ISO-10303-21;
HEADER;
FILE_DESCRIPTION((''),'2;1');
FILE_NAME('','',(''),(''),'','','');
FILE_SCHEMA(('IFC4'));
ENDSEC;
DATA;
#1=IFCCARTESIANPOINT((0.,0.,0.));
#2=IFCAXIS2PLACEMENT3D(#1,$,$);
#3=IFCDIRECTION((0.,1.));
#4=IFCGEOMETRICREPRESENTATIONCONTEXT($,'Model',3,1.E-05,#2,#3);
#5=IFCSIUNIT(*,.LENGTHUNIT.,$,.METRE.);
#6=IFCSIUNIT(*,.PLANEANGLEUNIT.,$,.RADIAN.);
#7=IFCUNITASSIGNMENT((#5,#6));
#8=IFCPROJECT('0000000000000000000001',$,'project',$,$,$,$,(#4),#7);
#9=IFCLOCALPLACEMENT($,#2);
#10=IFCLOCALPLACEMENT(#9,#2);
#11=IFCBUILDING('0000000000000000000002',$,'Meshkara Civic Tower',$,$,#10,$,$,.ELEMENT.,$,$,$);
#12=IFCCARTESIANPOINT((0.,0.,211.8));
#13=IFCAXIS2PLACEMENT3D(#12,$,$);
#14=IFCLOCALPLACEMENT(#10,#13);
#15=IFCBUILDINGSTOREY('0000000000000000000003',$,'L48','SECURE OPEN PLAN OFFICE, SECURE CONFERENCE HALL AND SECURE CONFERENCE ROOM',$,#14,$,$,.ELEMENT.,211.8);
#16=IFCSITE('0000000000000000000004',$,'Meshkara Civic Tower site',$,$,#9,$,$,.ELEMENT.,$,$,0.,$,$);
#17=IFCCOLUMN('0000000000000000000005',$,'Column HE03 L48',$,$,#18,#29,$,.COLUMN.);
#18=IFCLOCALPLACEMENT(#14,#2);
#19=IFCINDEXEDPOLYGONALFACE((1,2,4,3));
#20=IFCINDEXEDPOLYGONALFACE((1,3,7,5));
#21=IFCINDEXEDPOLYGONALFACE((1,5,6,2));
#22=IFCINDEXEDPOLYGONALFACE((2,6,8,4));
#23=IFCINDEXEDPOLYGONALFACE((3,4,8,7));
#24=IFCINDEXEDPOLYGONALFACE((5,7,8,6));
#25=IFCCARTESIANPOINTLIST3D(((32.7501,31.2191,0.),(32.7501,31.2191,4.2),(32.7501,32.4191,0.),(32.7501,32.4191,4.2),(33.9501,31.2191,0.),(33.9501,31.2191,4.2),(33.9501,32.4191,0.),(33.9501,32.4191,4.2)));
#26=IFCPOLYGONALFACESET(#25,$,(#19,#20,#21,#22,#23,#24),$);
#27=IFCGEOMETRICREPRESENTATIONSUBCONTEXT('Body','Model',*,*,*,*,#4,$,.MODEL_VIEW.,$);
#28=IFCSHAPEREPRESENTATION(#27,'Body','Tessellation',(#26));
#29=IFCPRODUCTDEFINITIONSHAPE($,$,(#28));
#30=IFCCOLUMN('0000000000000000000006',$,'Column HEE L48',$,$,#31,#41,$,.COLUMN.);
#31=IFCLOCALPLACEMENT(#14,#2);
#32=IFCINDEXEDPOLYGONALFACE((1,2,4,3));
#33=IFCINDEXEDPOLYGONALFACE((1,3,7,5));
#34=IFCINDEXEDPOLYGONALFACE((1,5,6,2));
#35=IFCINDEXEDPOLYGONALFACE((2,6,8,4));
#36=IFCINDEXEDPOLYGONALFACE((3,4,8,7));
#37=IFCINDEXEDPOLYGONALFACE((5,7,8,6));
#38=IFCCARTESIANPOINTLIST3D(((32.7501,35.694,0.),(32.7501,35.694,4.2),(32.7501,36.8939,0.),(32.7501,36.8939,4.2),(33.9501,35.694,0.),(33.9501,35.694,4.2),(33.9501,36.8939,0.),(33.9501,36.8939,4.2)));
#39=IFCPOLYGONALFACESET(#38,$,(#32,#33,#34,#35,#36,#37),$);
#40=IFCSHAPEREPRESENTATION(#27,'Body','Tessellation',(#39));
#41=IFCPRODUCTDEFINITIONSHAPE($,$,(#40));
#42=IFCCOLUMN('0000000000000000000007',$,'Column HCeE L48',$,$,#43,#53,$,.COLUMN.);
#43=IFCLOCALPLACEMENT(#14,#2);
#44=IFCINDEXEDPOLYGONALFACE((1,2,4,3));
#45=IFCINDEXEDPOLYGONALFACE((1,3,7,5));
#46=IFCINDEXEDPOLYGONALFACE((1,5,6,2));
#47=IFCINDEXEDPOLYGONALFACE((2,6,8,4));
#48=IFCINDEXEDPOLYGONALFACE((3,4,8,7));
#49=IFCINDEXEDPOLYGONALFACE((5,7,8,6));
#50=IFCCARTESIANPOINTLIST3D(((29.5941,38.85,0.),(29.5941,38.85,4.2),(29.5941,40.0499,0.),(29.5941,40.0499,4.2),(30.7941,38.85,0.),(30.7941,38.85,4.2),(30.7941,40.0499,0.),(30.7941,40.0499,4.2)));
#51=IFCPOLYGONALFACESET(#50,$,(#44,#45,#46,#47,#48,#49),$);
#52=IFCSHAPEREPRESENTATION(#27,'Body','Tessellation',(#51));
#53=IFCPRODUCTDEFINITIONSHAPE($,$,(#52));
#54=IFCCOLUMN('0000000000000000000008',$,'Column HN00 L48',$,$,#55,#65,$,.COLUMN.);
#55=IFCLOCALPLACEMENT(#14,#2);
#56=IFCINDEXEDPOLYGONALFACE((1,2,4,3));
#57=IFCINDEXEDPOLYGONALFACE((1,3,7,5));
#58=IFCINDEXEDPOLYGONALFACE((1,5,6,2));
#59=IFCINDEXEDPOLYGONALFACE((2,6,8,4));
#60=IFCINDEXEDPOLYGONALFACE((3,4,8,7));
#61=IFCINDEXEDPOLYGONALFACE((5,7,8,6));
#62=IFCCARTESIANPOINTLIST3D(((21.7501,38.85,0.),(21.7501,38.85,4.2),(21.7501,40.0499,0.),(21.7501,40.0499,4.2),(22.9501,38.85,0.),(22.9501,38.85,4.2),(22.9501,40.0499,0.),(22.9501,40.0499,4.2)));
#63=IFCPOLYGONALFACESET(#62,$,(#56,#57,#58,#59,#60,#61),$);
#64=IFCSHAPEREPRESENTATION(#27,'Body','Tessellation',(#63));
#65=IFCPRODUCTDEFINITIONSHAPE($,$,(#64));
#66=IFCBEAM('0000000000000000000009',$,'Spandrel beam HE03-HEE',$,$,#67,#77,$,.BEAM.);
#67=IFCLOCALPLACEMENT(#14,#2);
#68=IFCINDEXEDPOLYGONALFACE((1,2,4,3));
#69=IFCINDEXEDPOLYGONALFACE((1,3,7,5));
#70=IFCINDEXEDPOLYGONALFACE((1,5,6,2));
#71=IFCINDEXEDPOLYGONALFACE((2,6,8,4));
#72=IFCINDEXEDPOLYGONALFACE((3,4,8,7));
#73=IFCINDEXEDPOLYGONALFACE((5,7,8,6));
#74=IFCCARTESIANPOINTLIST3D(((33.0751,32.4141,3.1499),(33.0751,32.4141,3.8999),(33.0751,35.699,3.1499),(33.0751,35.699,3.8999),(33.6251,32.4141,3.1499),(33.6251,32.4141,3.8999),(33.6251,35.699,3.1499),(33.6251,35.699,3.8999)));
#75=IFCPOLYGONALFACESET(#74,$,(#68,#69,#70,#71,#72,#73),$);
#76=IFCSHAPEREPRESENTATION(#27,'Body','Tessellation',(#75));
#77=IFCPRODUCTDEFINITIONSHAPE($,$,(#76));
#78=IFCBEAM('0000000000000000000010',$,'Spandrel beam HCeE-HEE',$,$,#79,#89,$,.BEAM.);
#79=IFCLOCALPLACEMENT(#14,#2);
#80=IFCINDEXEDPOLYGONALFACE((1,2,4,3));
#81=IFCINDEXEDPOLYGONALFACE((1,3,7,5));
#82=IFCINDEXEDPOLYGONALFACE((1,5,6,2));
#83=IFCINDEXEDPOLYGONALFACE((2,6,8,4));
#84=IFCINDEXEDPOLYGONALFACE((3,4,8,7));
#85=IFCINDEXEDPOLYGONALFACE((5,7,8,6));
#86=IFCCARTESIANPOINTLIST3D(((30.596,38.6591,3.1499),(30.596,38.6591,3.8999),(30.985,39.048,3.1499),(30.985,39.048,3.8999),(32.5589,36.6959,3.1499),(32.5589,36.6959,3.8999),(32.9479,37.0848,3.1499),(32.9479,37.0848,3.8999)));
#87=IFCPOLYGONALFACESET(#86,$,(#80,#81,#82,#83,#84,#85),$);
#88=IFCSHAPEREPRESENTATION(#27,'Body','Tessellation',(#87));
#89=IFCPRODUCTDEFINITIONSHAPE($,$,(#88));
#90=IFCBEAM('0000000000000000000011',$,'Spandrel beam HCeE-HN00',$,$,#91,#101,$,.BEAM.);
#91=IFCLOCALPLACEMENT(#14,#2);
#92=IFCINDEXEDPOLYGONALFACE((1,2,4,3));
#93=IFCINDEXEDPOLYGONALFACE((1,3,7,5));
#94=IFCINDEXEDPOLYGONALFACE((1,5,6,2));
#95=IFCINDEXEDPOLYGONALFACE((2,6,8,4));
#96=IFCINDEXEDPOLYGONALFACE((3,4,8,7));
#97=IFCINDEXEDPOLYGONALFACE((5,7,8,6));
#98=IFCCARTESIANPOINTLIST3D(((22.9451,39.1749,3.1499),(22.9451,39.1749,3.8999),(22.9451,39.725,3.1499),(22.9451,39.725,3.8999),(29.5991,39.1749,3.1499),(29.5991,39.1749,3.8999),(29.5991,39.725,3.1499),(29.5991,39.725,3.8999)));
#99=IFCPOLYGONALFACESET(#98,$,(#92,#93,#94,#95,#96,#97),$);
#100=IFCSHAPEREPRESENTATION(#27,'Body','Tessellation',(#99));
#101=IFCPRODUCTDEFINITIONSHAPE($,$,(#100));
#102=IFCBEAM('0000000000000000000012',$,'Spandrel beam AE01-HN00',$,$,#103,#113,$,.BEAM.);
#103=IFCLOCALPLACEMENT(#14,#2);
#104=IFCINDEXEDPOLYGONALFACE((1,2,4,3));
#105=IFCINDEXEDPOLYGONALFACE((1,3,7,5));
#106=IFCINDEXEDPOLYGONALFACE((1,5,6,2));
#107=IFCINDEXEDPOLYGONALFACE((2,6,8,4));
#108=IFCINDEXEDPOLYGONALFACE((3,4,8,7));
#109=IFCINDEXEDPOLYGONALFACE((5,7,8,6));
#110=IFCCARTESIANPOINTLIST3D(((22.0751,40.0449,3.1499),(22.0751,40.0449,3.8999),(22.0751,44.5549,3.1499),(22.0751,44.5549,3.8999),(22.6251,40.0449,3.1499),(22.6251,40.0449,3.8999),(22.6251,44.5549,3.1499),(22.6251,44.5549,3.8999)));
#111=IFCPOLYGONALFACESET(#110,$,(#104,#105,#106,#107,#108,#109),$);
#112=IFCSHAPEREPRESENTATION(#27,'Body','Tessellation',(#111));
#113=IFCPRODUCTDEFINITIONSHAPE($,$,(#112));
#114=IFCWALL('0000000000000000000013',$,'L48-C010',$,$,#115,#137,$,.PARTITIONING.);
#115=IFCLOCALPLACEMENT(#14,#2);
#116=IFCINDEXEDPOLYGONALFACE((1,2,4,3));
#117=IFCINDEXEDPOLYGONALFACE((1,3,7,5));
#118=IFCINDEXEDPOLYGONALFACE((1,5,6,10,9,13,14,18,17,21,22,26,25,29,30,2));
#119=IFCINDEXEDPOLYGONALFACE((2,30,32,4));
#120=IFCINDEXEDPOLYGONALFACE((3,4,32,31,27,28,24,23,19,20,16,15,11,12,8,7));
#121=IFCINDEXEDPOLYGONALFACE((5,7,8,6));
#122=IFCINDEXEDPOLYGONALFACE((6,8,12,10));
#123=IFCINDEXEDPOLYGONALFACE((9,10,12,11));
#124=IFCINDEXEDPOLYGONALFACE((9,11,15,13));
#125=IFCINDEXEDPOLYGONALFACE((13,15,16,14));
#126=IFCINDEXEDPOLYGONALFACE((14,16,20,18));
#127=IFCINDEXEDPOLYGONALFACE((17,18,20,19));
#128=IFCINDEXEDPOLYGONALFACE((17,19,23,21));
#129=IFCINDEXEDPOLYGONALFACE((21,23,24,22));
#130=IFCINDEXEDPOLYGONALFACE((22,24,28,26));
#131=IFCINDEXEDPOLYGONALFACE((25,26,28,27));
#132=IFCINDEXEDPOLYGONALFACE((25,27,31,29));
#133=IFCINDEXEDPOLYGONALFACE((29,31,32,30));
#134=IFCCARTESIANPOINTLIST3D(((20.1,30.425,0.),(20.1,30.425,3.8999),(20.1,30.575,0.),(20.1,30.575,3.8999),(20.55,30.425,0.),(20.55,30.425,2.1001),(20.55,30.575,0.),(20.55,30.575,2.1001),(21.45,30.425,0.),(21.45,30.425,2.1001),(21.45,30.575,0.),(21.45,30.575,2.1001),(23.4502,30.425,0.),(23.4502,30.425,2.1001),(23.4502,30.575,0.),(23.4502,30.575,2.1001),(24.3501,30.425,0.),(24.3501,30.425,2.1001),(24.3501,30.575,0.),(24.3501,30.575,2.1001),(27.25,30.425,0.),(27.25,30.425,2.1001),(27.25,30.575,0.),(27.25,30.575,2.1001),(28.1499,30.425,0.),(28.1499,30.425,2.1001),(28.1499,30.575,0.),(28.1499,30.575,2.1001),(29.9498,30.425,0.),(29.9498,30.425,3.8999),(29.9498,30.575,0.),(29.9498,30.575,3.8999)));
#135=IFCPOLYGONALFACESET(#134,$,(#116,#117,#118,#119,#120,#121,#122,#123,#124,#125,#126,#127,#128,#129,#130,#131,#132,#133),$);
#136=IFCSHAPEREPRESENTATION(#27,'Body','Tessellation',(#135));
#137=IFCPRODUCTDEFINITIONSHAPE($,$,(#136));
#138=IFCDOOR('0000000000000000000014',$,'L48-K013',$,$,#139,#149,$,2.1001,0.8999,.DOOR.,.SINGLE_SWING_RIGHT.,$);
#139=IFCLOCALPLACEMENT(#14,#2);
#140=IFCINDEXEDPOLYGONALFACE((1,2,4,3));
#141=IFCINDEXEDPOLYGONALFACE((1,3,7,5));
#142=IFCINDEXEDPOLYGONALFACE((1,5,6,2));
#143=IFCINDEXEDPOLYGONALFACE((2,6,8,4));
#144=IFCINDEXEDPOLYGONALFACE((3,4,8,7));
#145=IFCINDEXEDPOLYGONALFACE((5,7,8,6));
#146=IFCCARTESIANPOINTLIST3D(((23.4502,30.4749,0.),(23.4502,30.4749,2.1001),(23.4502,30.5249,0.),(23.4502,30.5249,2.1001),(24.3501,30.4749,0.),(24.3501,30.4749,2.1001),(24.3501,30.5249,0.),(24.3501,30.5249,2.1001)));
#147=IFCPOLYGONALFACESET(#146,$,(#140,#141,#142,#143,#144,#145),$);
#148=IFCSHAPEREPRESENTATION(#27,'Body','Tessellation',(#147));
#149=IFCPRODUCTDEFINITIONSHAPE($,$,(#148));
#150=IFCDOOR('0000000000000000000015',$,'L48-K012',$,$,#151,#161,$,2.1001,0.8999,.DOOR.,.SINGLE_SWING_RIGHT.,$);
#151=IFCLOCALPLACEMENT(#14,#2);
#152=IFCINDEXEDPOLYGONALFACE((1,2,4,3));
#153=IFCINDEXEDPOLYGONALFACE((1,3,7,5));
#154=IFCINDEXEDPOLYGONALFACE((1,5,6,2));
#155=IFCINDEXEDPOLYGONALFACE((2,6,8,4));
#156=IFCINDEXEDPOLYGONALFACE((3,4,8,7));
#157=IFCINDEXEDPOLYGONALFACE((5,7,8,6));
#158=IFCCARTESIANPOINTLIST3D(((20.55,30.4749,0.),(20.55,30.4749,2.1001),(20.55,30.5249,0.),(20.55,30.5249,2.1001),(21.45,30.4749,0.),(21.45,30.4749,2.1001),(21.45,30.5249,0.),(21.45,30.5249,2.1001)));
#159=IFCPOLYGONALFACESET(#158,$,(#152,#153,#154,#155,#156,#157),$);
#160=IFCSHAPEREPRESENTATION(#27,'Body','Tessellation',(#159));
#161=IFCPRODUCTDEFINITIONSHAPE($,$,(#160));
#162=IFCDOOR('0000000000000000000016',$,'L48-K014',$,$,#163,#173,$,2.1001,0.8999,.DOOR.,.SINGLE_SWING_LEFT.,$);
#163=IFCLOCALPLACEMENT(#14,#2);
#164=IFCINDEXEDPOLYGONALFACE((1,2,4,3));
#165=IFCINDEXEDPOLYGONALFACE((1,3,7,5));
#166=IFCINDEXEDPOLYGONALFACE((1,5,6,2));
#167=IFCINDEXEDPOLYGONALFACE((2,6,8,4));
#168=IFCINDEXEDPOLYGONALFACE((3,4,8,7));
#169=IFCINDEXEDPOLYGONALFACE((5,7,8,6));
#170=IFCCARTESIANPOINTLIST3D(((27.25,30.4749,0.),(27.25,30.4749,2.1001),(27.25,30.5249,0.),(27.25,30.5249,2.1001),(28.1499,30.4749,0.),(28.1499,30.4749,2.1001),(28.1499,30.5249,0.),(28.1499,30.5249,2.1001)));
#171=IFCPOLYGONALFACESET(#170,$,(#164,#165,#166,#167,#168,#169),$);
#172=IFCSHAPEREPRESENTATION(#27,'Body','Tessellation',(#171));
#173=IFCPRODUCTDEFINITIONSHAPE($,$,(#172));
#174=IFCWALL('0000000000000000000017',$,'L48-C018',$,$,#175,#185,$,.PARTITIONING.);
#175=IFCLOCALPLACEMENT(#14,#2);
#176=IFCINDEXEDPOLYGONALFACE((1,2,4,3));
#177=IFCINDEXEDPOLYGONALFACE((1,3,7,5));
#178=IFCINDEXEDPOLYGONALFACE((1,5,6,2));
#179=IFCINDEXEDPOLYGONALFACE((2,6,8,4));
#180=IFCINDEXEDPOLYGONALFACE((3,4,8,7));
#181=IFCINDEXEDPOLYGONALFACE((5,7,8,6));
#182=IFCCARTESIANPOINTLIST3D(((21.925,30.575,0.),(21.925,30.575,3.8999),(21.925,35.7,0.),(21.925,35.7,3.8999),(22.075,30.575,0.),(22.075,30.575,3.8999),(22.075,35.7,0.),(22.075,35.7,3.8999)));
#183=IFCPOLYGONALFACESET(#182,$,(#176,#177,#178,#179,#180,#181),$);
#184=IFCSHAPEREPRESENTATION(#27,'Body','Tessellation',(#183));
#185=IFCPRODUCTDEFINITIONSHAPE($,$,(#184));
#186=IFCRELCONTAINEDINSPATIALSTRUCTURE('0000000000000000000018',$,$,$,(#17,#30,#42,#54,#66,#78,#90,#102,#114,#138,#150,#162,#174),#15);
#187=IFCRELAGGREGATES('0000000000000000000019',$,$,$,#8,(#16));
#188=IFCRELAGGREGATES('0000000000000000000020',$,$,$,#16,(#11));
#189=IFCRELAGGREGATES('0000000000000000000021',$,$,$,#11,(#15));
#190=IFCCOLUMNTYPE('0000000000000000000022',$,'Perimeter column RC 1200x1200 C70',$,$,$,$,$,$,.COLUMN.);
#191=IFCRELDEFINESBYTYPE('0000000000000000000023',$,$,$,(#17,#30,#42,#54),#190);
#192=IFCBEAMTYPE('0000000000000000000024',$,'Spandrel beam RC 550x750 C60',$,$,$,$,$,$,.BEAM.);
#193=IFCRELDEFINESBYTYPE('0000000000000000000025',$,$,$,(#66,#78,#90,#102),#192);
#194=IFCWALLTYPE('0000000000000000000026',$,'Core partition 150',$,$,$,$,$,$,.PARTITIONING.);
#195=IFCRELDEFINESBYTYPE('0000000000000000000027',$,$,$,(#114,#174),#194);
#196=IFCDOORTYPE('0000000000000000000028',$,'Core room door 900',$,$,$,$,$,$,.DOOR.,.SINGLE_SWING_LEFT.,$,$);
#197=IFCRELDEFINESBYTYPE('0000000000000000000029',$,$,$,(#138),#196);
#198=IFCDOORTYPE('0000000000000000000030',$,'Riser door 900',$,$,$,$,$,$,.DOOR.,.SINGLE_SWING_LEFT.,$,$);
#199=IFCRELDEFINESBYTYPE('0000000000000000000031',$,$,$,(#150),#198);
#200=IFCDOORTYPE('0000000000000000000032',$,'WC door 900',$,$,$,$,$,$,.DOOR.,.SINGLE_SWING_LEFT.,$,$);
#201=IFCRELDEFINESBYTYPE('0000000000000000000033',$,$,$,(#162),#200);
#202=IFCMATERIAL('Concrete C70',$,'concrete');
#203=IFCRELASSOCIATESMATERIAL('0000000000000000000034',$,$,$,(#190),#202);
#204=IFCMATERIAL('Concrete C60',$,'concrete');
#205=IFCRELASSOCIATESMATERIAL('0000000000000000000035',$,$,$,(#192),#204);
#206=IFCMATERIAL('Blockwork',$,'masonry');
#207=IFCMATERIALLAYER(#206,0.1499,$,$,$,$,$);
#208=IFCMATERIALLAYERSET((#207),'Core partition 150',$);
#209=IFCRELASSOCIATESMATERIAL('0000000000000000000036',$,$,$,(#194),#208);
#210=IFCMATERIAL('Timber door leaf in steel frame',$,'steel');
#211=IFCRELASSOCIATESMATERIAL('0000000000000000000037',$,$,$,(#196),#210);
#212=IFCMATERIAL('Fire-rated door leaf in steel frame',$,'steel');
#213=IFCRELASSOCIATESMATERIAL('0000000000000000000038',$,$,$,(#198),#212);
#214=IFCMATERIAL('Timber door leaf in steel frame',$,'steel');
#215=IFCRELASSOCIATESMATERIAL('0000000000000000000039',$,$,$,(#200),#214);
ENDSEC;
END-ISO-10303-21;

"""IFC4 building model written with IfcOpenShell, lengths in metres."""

from ifc_helpers import new_model, si_unit, direction, frame, frame_2d, origin, origin_2d, place, context, subcontext, project, spatial, rectangle, extrude, material, layer, layer_set, material_profile, profile_set, type_object, element, fill, save


model = new_model("IFC4")

# Units and contexts
model_context = context("Model", 3, precision=1e-05, world=origin(), true_north=direction((0.0, 1.0)))
body_context = subcontext(model_context, "Body", "Model", "MODEL_VIEW")
ifc_project = project(units=[si_unit("LENGTHUNIT", "METRE"), si_unit("PLANEANGLEUNIT", "RADIAN")], contexts=[model_context])

# Site, building, storey
site_placement = place(None, origin())
site = spatial("IfcSite", under=ifc_project, at=site_placement, Name="Meshkara Civic Tower site", CompositionType="ELEMENT", RefElevation=0.0)
building_placement = place(site_placement, origin())
building = spatial("IfcBuilding", under=site, at=building_placement, Name="Meshkara Civic Tower", CompositionType="ELEMENT")
storey_placement = place(building_placement, frame((0.0, 0.0, 211.8)))
storey = spatial("IfcBuildingStorey", under=building, at=storey_placement, Name="L48", Description="SECURE OPEN PLAN OFFICE, SECURE CONFERENCE HALL AND SECURE CONFERENCE ROOM", CompositionType="ELEMENT", Elevation=211.8)

# Columns
ifc_material_1 = material(Name="Concrete C70", Category="concrete")
ifc_material_profile_1 = material_profile(ifc_material_1, rectangle(XDim=1.2, YDim=1.2, at=origin_2d()))
ifc_profile_set_1 = profile_set([ifc_material_profile_1], Name="Concrete C70")
column_type = type_object("IfcColumnType", Name="Perimeter column RC 1200x1200 C70", PredefinedType="COLUMN", material=ifc_profile_set_1)
for number, where, z_axis, x_axis, name in (
    (1, (33.3501, 31.8191, 0.0), (0.0, 0.0, 1.0), (1.0, 0.0, 0.0), "Column HE03 L48"),
    (2, (33.3501, 36.2939, 0.0), (0.0, 0.0, 1.0), (1.0, 0.0, 0.0), "Column HEE L48"),
    (3, (30.1941, 39.45, 0.0), (0.0, 0.0, 1.0), (1.0, 0.0, 0.0), "Column HCeE L48"),
    (4, (22.3501, 39.45, 0.0), (0.0, 0.0, 1.0), (1.0, 0.0, 0.0), "Column HN00 L48"),
):
    element("IfcColumn", number, at=place(storey_placement, frame(where, z_axis=z_axis, x_axis=x_axis)), inside=storey, type_object=column_type, Name=name, PredefinedType="COLUMN", context=body_context, shape_type="SweptSolid", body=[
        extrude(rectangle(XDim=1.2, YDim=1.2, at=origin_2d()), origin(), (0.0, 0.0, 1.0), 4.2),
    ])

# Beams
ifc_material_2 = material(Name="Concrete C60", Category="concrete")
ifc_material_profile_2 = material_profile(ifc_material_2, rectangle(XDim=0.55, YDim=0.75, at=origin_2d()))
ifc_profile_set_2 = profile_set([ifc_material_profile_2], Name="Concrete C60")
beam_type = type_object("IfcBeamType", Name="Spandrel beam RC 550x750 C60", PredefinedType="BEAM", material=ifc_profile_set_2)
beam_1_placement = place(storey_placement, frame((33.3501, 32.4141, 3.5249), z_axis=(0.0, 1.0, 0.0), x_axis=(-1.0, 0.0, 0.0)))
element("IfcBeam", 5, at=beam_1_placement, inside=storey, type_object=beam_type, Name="Spandrel beam HE03-HEE", PredefinedType="BEAM", context=body_context, shape_type="SweptSolid", body=[
    extrude(rectangle(XDim=0.55, YDim=0.75, at=origin_2d()), origin(), (0.0, 0.0, 1.0), 3.2849),
])
beam_2_placement = place(storey_placement, frame((32.7534, 36.8904, 3.5249), z_axis=(-0.707063, 0.707151, 0.0), x_axis=(-0.707151, -0.707063, 0.0)))
element("IfcBeam", 6, at=beam_2_placement, inside=storey, type_object=beam_type, Name="Spandrel beam HCeE-HEE", PredefinedType="BEAM", context=body_context, shape_type="SweptSolid", body=[
    extrude(rectangle(XDim=0.55, YDim=0.75, at=origin_2d()), origin(), (0.0, 0.0, 1.0), 2.7761),
])
beam_3_placement = place(storey_placement, frame((29.5991, 39.45, 3.5249), z_axis=(-1.0, 0.0, 0.0), x_axis=(0.0, -1.0, 0.0)))
element("IfcBeam", 7, at=beam_3_placement, inside=storey, type_object=beam_type, Name="Spandrel beam HCeE-HN00", PredefinedType="BEAM", context=body_context, shape_type="SweptSolid", body=[
    extrude(rectangle(XDim=0.55, YDim=0.75, at=origin_2d()), origin(), (0.0, 0.0, 1.0), 6.6541),
])
beam_4_placement = place(storey_placement, frame((22.3501, 40.0449, 3.5249), z_axis=(0.0, 1.0, 0.0), x_axis=(-1.0, 0.0, 0.0)))
element("IfcBeam", 8, at=beam_4_placement, inside=storey, type_object=beam_type, Name="Spandrel beam AE01-HN00", PredefinedType="BEAM", context=body_context, shape_type="SweptSolid", body=[
    extrude(rectangle(XDim=0.55, YDim=0.75, at=origin_2d()), origin(), (0.0, 0.0, 1.0), 4.51),
])

# Wall, openings, doors
ifc_material_3 = material(Name="Blockwork", Category="masonry")
ifc_layer_1 = layer(ifc_material_3, 0.1499)
ifc_layer_set_1 = layer_set([ifc_layer_1], Name="Core partition 150")
wall_type_1 = type_object("IfcWallType", Name="Core partition 150", PredefinedType="PARTITIONING", material=ifc_layer_set_1)
wall_1_placement = place(storey_placement, frame((20.1001, 30.5, 0.0), z_axis=(0.0, 0.0, 1.0), x_axis=(1.0, 0.0, 0.0)))
wall_1 = element("IfcWall", 9, at=wall_1_placement, inside=storey, type_object=wall_type_1, Name="L48-C010", PredefinedType="PARTITIONING", context=body_context, shape_type="SweptSolid", body=[
    extrude(rectangle(XDim=9.8499, YDim=0.1499, at=frame_2d((4.9248, 0.0))), origin(), (0.0, 0.0, 1.0), 3.8999),
])
opening_1_placement = place(wall_1_placement, frame((0.45, 0.0, 0.0)))
opening_1 = element("IfcOpeningElement", 10, at=opening_1_placement, cuts=wall_1, PredefinedType="OPENING", context=body_context, shape_type="SweptSolid", body=[
    extrude(rectangle(XDim=0.8999, YDim=2.1001, at=frame_2d((0.45, 1.05))), frame((0.0, 0.085, 0.0), z_axis=(0.0, -1.0, 0.0), x_axis=(1.0, 0.0, 0.0)), (0.0, 0.0, 1.0), 0.1699),
])
opening_2_placement = place(wall_1_placement, frame((3.3501, 0.0, 0.0)))
opening_2 = element("IfcOpeningElement", 11, at=opening_2_placement, cuts=wall_1, PredefinedType="OPENING", context=body_context, shape_type="SweptSolid", body=[
    extrude(rectangle(XDim=0.8999, YDim=2.1001, at=frame_2d((0.45, 1.05))), frame((0.0, 0.085, 0.0), z_axis=(0.0, -1.0, 0.0), x_axis=(1.0, 0.0, 0.0)), (0.0, 0.0, 1.0), 0.1699),
])
opening_3_placement = place(wall_1_placement, frame((7.1499, 0.0, 0.0)))
opening_3 = element("IfcOpeningElement", 12, at=opening_3_placement, cuts=wall_1, PredefinedType="OPENING", context=body_context, shape_type="SweptSolid", body=[
    extrude(rectangle(XDim=0.8999, YDim=2.1001, at=frame_2d((0.45, 1.05))), frame((0.0, 0.085, 0.0), z_axis=(0.0, -1.0, 0.0), x_axis=(1.0, 0.0, 0.0)), (0.0, 0.0, 1.0), 0.1699),
])
ifc_material_4 = material(Name="Timber door leaf in steel frame", Category="steel")
door_type_1 = type_object("IfcDoorType", Name="Core room door 900", OperationType="SINGLE_SWING_LEFT", PredefinedType="DOOR", material=ifc_material_4)
door_1_placement = place(opening_2_placement, origin())
door_1 = element("IfcDoor", 13, at=door_1_placement, inside=storey, type_object=door_type_1, Name="L48-K013", OperationType="SINGLE_SWING_RIGHT", OverallHeight=2.1001, OverallWidth=0.8999, PredefinedType="DOOR", context=body_context, shape_type="SweptSolid", body=[
    extrude(rectangle(XDim=0.8999, YDim=2.1001, at=frame_2d((0.45, 1.05))), frame((0.0, 0.0249, 0.0), z_axis=(0.0, -1.0, 0.0), x_axis=(1.0, 0.0, 0.0)), (0.0, 0.0, 1.0), 0.05),
])
fill(opening_2, door_1)
ifc_material_5 = material(Name="Fire-rated door leaf in steel frame", Category="steel")
door_type_2 = type_object("IfcDoorType", Name="Riser door 900", OperationType="SINGLE_SWING_LEFT", PredefinedType="DOOR", material=ifc_material_5)
door_2_placement = place(opening_1_placement, origin())
door_2 = element("IfcDoor", 14, at=door_2_placement, inside=storey, type_object=door_type_2, Name="L48-K012", OperationType="SINGLE_SWING_RIGHT", OverallHeight=2.1001, OverallWidth=0.8999, PredefinedType="DOOR", context=body_context, shape_type="SweptSolid", body=[
    extrude(rectangle(XDim=0.8999, YDim=2.1001, at=frame_2d((0.45, 1.05))), frame((0.0, 0.0249, 0.0), z_axis=(0.0, -1.0, 0.0), x_axis=(1.0, 0.0, 0.0)), (0.0, 0.0, 1.0), 0.05),
])
fill(opening_1, door_2)
ifc_material_6 = material(Name="Timber door leaf in steel frame", Category="steel")
door_type_3 = type_object("IfcDoorType", Name="WC door 900", OperationType="SINGLE_SWING_LEFT", PredefinedType="DOOR", material=ifc_material_6)
door_3_placement = place(opening_3_placement, origin())
door_3 = element("IfcDoor", 15, at=door_3_placement, inside=storey, type_object=door_type_3, Name="L48-K014", OperationType="SINGLE_SWING_LEFT", OverallHeight=2.1001, OverallWidth=0.8999, PredefinedType="DOOR", context=body_context, shape_type="SweptSolid", body=[
    extrude(rectangle(XDim=0.8999, YDim=2.1001, at=frame_2d((0.45, 1.05))), frame((0.0, 0.0249, 0.0), z_axis=(0.0, -1.0, 0.0), x_axis=(1.0, 0.0, 0.0)), (0.0, 0.0, 1.0), 0.05),
])
fill(opening_3, door_3)

# Wall
for number, where, z_axis, x_axis, name in (
    (16, (22.0, 30.575, 0.0), (0.0, 0.0, 1.0), (0.0, 1.0, 0.0), "L48-C018"),
):
    element("IfcWall", number, at=place(storey_placement, frame(where, z_axis=z_axis, x_axis=x_axis)), inside=storey, type_object=wall_type_1, Name=name, PredefinedType="PARTITIONING", context=body_context, shape_type="SweptSolid", body=[
        extrude(rectangle(XDim=5.125, YDim=0.1499, at=frame_2d((2.5625, 0.0))), origin(), (0.0, 0.0, 1.0), 3.8999),
    ])

save(model, "model.ifc")
